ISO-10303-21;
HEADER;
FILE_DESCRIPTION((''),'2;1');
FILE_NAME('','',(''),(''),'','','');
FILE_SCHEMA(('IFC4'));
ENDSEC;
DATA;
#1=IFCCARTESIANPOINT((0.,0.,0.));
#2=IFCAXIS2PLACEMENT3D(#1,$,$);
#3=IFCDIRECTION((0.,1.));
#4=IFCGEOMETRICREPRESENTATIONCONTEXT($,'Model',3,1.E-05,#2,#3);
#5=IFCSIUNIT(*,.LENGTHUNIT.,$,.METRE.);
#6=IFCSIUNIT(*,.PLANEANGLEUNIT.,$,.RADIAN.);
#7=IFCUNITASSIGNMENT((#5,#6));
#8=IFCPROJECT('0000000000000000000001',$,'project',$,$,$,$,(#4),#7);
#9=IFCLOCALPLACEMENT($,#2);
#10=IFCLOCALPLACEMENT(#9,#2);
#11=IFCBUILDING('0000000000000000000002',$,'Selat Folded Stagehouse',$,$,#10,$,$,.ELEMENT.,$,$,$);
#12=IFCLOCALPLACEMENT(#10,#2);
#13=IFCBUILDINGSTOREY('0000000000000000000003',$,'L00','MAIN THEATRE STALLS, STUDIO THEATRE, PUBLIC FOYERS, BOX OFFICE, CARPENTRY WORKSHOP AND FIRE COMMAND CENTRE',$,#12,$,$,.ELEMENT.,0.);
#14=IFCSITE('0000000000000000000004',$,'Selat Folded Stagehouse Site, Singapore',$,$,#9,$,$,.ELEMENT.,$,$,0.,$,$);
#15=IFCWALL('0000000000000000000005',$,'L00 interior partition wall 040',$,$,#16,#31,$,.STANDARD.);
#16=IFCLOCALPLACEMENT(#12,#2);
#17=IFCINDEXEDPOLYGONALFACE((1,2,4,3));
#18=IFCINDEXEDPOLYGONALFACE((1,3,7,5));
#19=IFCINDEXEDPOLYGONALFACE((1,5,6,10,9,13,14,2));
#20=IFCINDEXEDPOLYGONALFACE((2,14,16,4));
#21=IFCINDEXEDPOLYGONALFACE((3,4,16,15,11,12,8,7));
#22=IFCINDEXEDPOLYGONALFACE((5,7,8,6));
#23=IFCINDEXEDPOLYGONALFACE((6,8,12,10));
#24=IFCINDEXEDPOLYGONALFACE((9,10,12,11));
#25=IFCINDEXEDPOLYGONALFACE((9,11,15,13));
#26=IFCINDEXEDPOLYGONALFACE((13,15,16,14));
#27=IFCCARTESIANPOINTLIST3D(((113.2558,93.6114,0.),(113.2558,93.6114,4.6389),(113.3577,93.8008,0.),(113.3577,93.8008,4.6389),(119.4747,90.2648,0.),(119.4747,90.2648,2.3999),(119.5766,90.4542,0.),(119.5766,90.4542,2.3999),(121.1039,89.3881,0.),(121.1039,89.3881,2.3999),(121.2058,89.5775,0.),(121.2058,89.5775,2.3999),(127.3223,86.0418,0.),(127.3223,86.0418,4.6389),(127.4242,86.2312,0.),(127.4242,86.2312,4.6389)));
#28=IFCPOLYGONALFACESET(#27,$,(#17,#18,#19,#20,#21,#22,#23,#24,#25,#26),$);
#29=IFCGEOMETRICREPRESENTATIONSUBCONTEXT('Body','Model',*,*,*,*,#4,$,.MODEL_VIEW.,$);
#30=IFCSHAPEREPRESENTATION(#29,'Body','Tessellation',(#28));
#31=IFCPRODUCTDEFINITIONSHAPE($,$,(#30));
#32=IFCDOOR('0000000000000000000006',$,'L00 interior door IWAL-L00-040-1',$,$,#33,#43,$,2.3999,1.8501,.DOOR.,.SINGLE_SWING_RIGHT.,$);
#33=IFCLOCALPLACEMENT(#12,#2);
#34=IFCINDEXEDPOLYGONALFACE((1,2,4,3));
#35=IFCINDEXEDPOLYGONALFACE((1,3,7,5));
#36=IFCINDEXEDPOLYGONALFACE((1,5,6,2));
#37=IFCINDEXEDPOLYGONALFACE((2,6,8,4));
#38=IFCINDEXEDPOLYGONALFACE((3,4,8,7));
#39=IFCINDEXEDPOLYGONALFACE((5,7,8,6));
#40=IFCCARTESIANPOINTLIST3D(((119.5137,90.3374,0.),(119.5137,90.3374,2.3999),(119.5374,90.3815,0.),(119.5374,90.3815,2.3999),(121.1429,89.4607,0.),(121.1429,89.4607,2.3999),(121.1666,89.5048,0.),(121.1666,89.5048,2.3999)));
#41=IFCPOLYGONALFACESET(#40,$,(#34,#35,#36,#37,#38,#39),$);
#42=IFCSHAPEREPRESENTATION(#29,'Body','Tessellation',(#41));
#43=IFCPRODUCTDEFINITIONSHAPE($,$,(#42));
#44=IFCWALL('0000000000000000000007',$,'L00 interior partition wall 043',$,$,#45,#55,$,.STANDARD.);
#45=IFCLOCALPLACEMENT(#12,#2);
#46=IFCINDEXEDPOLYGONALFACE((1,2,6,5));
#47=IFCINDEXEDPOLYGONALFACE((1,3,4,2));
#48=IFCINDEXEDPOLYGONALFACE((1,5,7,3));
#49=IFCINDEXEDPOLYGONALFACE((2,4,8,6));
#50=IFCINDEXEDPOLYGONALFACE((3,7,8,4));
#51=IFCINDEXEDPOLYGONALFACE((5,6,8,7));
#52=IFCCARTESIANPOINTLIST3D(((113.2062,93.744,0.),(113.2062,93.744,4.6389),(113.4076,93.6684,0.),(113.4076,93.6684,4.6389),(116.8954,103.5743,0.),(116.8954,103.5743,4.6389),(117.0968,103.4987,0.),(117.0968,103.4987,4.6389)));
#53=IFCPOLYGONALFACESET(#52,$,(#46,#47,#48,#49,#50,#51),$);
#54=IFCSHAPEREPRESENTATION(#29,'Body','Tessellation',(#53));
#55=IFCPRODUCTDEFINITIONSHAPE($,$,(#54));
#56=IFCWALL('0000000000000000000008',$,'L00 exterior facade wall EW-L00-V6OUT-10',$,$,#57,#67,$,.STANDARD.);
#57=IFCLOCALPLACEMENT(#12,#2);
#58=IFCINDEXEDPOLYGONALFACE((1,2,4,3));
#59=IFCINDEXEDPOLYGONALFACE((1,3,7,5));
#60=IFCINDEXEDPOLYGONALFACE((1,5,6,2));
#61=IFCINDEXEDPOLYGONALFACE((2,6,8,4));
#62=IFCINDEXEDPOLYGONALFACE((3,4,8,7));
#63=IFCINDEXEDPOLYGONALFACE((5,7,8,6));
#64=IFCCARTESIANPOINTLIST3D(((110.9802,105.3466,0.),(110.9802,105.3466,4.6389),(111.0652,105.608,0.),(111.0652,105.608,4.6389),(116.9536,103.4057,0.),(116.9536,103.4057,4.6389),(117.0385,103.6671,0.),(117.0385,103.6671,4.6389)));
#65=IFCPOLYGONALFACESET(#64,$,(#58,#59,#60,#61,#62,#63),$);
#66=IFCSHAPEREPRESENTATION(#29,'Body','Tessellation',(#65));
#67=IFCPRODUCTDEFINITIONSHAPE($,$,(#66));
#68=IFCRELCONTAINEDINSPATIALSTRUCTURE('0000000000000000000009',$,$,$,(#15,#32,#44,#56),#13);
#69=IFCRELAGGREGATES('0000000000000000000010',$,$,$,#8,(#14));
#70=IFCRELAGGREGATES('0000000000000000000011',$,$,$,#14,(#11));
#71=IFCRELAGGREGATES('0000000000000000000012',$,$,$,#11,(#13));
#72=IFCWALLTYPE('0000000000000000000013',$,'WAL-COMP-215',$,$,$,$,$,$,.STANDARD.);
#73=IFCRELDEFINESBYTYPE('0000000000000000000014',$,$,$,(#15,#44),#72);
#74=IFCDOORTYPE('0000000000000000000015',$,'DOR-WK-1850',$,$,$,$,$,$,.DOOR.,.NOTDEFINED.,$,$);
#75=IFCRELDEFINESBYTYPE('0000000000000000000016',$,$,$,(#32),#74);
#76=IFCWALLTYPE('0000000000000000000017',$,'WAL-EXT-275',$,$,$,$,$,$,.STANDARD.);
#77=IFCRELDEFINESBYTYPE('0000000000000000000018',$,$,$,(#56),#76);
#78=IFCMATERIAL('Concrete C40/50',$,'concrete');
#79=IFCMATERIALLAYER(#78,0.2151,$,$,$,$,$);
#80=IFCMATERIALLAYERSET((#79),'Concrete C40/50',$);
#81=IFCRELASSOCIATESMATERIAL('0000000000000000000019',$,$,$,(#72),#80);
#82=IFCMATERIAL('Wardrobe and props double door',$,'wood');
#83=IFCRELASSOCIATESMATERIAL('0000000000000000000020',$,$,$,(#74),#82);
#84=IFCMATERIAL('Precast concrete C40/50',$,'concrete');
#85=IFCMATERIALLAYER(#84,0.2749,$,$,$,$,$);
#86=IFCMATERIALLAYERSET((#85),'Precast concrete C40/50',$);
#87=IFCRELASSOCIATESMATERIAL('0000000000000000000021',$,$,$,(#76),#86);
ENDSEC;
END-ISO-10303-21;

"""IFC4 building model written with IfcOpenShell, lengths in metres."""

from ifc_helpers import new_model, si_unit, direction, frame, frame_2d, origin, place, context, subcontext, project, spatial, rectangle, extrude, material, layer, layer_set, type_object, element, fill, save


model = new_model("IFC4")

# Units and contexts
model_context = context("Model", 3, precision=1e-05, world=origin(), true_north=direction((0.0, 1.0)))
body_context = subcontext(model_context, "Body", "Model", "MODEL_VIEW")
ifc_project = project(units=[si_unit("LENGTHUNIT", "METRE"), si_unit("PLANEANGLEUNIT", "RADIAN")], contexts=[model_context])

# Site, building, storey
site_placement = place(None, origin())
site = spatial("IfcSite", under=ifc_project, at=site_placement, Name="Selat Folded Stagehouse Site, Singapore", CompositionType="ELEMENT", RefElevation=0.0)
building_placement = place(site_placement, origin())
building = spatial("IfcBuilding", under=site, at=building_placement, Name="Selat Folded Stagehouse", CompositionType="ELEMENT")
storey_placement = place(building_placement, origin())
storey = spatial("IfcBuildingStorey", under=building, at=storey_placement, Name="L00", Description="MAIN THEATRE STALLS, STUDIO THEATRE, PUBLIC FOYERS, BOX OFFICE, CARPENTRY WORKSHOP AND FIRE COMMAND CENTRE", CompositionType="ELEMENT", Elevation=0.0)

# Wall, opening, door
ifc_material_1 = material(Name="Concrete C40/50", Category="concrete")
ifc_layer_1 = layer(ifc_material_1, 0.2151)
ifc_layer_set_1 = layer_set([ifc_layer_1], Name="Concrete C40/50")
wall_type_1 = type_object("IfcWallType", Name="WAL-COMP-215", PredefinedType="STANDARD", material=ifc_layer_set_1)
wall_1_placement = place(storey_placement, frame((113.3069, 93.7061, 0.0), z_axis=(0.0, 0.0, 1.0), x_axis=(0.880592, -0.473875, 0.0)))
wall_1 = element("IfcWall", 1, at=wall_1_placement, inside=storey, type_object=wall_type_1, Name="L00 interior partition wall 040", PredefinedType="STANDARD", context=body_context, shape_type="SweptSolid", body=[
    extrude(rectangle(XDim=15.9739, YDim=0.2151, at=frame_2d((7.9868, 0.0))), origin(), (0.0, 0.0, 1.0), 4.6389),
])
opening_placement = place(wall_1_placement, frame((7.062, 0.0, 0.0)))
opening = element("IfcOpeningElement", 2, at=opening_placement, cuts=wall_1, PredefinedType="OPENING", context=body_context, shape_type="SweptSolid", body=[
    extrude(rectangle(XDim=1.8501, YDim=2.3999, at=frame_2d((0.925, 1.2))), frame((0.0, 0.1174, 0.0), z_axis=(0.0, -1.0, 0.0), x_axis=(1.0, 0.0, 0.0)), (0.0, 0.0, 1.0), 0.2351),
])
ifc_material_2 = material(Name="Wardrobe and props double door", Category="wood")
door_type = type_object("IfcDoorType", Name="DOR-WK-1850", OperationType="NOTDEFINED", PredefinedType="DOOR", material=ifc_material_2)
door_placement = place(opening_placement, origin())
door = element("IfcDoor", 3, at=door_placement, inside=storey, type_object=door_type, Name="L00 interior door IWAL-L00-040-1", OperationType="SINGLE_SWING_RIGHT", OverallHeight=2.3999, OverallWidth=1.8501, PredefinedType="DOOR", context=body_context, shape_type="SweptSolid", body=[
    extrude(rectangle(XDim=1.8501, YDim=2.3999, at=frame_2d((0.925, 1.2))), frame((0.0, 0.0249, 0.0), z_axis=(0.0, -1.0, 0.0), x_axis=(1.0, 0.0, 0.0)), (0.0, 0.0, 1.0), 0.05),
])
fill(opening, door)

# Walls
wall_2_placement = place(storey_placement, frame((113.3069, 93.7061, 0.0), z_axis=(0.0, 0.0, 1.0), x_axis=(0.35136, 0.93624, 0.0)))
element("IfcWall", 4, at=wall_2_placement, inside=storey, type_object=wall_type_1, Name="L00 interior partition wall 043", PredefinedType="STANDARD", context=body_context, shape_type="SweptSolid", body=[
    extrude(rectangle(XDim=10.4998, YDim=0.2151, at=frame_2d((5.25, 0.0))), origin(), (0.0, 0.0, 1.0), 4.6389),
])
ifc_material_3 = material(Name="Precast concrete C40/50", Category="concrete")
ifc_layer_2 = layer(ifc_material_3, 0.2749)
ifc_layer_set_2 = layer_set([ifc_layer_2], Name="Precast concrete C40/50")
wall_type_2 = type_object("IfcWallType", Name="WAL-EXT-275", PredefinedType="STANDARD", material=ifc_layer_set_2)
wall_3_placement = place(storey_placement, frame((111.0227, 105.4773, 0.0), z_axis=(0.0, 0.0, 1.0), x_axis=(0.951054, -0.309024, 0.0)))
element("IfcWall", 5, at=wall_3_placement, inside=storey, type_object=wall_type_2, Name="L00 exterior facade wall EW-L00-V6OUT-10", PredefinedType="STANDARD", context=body_context, shape_type="SweptSolid", body=[
    extrude(rectangle(XDim=6.2808, YDim=0.2749, at=frame_2d((3.1404, 0.0))), origin(), (0.0, 0.0, 1.0), 4.6389),
])

save(model, "model.ifc")
